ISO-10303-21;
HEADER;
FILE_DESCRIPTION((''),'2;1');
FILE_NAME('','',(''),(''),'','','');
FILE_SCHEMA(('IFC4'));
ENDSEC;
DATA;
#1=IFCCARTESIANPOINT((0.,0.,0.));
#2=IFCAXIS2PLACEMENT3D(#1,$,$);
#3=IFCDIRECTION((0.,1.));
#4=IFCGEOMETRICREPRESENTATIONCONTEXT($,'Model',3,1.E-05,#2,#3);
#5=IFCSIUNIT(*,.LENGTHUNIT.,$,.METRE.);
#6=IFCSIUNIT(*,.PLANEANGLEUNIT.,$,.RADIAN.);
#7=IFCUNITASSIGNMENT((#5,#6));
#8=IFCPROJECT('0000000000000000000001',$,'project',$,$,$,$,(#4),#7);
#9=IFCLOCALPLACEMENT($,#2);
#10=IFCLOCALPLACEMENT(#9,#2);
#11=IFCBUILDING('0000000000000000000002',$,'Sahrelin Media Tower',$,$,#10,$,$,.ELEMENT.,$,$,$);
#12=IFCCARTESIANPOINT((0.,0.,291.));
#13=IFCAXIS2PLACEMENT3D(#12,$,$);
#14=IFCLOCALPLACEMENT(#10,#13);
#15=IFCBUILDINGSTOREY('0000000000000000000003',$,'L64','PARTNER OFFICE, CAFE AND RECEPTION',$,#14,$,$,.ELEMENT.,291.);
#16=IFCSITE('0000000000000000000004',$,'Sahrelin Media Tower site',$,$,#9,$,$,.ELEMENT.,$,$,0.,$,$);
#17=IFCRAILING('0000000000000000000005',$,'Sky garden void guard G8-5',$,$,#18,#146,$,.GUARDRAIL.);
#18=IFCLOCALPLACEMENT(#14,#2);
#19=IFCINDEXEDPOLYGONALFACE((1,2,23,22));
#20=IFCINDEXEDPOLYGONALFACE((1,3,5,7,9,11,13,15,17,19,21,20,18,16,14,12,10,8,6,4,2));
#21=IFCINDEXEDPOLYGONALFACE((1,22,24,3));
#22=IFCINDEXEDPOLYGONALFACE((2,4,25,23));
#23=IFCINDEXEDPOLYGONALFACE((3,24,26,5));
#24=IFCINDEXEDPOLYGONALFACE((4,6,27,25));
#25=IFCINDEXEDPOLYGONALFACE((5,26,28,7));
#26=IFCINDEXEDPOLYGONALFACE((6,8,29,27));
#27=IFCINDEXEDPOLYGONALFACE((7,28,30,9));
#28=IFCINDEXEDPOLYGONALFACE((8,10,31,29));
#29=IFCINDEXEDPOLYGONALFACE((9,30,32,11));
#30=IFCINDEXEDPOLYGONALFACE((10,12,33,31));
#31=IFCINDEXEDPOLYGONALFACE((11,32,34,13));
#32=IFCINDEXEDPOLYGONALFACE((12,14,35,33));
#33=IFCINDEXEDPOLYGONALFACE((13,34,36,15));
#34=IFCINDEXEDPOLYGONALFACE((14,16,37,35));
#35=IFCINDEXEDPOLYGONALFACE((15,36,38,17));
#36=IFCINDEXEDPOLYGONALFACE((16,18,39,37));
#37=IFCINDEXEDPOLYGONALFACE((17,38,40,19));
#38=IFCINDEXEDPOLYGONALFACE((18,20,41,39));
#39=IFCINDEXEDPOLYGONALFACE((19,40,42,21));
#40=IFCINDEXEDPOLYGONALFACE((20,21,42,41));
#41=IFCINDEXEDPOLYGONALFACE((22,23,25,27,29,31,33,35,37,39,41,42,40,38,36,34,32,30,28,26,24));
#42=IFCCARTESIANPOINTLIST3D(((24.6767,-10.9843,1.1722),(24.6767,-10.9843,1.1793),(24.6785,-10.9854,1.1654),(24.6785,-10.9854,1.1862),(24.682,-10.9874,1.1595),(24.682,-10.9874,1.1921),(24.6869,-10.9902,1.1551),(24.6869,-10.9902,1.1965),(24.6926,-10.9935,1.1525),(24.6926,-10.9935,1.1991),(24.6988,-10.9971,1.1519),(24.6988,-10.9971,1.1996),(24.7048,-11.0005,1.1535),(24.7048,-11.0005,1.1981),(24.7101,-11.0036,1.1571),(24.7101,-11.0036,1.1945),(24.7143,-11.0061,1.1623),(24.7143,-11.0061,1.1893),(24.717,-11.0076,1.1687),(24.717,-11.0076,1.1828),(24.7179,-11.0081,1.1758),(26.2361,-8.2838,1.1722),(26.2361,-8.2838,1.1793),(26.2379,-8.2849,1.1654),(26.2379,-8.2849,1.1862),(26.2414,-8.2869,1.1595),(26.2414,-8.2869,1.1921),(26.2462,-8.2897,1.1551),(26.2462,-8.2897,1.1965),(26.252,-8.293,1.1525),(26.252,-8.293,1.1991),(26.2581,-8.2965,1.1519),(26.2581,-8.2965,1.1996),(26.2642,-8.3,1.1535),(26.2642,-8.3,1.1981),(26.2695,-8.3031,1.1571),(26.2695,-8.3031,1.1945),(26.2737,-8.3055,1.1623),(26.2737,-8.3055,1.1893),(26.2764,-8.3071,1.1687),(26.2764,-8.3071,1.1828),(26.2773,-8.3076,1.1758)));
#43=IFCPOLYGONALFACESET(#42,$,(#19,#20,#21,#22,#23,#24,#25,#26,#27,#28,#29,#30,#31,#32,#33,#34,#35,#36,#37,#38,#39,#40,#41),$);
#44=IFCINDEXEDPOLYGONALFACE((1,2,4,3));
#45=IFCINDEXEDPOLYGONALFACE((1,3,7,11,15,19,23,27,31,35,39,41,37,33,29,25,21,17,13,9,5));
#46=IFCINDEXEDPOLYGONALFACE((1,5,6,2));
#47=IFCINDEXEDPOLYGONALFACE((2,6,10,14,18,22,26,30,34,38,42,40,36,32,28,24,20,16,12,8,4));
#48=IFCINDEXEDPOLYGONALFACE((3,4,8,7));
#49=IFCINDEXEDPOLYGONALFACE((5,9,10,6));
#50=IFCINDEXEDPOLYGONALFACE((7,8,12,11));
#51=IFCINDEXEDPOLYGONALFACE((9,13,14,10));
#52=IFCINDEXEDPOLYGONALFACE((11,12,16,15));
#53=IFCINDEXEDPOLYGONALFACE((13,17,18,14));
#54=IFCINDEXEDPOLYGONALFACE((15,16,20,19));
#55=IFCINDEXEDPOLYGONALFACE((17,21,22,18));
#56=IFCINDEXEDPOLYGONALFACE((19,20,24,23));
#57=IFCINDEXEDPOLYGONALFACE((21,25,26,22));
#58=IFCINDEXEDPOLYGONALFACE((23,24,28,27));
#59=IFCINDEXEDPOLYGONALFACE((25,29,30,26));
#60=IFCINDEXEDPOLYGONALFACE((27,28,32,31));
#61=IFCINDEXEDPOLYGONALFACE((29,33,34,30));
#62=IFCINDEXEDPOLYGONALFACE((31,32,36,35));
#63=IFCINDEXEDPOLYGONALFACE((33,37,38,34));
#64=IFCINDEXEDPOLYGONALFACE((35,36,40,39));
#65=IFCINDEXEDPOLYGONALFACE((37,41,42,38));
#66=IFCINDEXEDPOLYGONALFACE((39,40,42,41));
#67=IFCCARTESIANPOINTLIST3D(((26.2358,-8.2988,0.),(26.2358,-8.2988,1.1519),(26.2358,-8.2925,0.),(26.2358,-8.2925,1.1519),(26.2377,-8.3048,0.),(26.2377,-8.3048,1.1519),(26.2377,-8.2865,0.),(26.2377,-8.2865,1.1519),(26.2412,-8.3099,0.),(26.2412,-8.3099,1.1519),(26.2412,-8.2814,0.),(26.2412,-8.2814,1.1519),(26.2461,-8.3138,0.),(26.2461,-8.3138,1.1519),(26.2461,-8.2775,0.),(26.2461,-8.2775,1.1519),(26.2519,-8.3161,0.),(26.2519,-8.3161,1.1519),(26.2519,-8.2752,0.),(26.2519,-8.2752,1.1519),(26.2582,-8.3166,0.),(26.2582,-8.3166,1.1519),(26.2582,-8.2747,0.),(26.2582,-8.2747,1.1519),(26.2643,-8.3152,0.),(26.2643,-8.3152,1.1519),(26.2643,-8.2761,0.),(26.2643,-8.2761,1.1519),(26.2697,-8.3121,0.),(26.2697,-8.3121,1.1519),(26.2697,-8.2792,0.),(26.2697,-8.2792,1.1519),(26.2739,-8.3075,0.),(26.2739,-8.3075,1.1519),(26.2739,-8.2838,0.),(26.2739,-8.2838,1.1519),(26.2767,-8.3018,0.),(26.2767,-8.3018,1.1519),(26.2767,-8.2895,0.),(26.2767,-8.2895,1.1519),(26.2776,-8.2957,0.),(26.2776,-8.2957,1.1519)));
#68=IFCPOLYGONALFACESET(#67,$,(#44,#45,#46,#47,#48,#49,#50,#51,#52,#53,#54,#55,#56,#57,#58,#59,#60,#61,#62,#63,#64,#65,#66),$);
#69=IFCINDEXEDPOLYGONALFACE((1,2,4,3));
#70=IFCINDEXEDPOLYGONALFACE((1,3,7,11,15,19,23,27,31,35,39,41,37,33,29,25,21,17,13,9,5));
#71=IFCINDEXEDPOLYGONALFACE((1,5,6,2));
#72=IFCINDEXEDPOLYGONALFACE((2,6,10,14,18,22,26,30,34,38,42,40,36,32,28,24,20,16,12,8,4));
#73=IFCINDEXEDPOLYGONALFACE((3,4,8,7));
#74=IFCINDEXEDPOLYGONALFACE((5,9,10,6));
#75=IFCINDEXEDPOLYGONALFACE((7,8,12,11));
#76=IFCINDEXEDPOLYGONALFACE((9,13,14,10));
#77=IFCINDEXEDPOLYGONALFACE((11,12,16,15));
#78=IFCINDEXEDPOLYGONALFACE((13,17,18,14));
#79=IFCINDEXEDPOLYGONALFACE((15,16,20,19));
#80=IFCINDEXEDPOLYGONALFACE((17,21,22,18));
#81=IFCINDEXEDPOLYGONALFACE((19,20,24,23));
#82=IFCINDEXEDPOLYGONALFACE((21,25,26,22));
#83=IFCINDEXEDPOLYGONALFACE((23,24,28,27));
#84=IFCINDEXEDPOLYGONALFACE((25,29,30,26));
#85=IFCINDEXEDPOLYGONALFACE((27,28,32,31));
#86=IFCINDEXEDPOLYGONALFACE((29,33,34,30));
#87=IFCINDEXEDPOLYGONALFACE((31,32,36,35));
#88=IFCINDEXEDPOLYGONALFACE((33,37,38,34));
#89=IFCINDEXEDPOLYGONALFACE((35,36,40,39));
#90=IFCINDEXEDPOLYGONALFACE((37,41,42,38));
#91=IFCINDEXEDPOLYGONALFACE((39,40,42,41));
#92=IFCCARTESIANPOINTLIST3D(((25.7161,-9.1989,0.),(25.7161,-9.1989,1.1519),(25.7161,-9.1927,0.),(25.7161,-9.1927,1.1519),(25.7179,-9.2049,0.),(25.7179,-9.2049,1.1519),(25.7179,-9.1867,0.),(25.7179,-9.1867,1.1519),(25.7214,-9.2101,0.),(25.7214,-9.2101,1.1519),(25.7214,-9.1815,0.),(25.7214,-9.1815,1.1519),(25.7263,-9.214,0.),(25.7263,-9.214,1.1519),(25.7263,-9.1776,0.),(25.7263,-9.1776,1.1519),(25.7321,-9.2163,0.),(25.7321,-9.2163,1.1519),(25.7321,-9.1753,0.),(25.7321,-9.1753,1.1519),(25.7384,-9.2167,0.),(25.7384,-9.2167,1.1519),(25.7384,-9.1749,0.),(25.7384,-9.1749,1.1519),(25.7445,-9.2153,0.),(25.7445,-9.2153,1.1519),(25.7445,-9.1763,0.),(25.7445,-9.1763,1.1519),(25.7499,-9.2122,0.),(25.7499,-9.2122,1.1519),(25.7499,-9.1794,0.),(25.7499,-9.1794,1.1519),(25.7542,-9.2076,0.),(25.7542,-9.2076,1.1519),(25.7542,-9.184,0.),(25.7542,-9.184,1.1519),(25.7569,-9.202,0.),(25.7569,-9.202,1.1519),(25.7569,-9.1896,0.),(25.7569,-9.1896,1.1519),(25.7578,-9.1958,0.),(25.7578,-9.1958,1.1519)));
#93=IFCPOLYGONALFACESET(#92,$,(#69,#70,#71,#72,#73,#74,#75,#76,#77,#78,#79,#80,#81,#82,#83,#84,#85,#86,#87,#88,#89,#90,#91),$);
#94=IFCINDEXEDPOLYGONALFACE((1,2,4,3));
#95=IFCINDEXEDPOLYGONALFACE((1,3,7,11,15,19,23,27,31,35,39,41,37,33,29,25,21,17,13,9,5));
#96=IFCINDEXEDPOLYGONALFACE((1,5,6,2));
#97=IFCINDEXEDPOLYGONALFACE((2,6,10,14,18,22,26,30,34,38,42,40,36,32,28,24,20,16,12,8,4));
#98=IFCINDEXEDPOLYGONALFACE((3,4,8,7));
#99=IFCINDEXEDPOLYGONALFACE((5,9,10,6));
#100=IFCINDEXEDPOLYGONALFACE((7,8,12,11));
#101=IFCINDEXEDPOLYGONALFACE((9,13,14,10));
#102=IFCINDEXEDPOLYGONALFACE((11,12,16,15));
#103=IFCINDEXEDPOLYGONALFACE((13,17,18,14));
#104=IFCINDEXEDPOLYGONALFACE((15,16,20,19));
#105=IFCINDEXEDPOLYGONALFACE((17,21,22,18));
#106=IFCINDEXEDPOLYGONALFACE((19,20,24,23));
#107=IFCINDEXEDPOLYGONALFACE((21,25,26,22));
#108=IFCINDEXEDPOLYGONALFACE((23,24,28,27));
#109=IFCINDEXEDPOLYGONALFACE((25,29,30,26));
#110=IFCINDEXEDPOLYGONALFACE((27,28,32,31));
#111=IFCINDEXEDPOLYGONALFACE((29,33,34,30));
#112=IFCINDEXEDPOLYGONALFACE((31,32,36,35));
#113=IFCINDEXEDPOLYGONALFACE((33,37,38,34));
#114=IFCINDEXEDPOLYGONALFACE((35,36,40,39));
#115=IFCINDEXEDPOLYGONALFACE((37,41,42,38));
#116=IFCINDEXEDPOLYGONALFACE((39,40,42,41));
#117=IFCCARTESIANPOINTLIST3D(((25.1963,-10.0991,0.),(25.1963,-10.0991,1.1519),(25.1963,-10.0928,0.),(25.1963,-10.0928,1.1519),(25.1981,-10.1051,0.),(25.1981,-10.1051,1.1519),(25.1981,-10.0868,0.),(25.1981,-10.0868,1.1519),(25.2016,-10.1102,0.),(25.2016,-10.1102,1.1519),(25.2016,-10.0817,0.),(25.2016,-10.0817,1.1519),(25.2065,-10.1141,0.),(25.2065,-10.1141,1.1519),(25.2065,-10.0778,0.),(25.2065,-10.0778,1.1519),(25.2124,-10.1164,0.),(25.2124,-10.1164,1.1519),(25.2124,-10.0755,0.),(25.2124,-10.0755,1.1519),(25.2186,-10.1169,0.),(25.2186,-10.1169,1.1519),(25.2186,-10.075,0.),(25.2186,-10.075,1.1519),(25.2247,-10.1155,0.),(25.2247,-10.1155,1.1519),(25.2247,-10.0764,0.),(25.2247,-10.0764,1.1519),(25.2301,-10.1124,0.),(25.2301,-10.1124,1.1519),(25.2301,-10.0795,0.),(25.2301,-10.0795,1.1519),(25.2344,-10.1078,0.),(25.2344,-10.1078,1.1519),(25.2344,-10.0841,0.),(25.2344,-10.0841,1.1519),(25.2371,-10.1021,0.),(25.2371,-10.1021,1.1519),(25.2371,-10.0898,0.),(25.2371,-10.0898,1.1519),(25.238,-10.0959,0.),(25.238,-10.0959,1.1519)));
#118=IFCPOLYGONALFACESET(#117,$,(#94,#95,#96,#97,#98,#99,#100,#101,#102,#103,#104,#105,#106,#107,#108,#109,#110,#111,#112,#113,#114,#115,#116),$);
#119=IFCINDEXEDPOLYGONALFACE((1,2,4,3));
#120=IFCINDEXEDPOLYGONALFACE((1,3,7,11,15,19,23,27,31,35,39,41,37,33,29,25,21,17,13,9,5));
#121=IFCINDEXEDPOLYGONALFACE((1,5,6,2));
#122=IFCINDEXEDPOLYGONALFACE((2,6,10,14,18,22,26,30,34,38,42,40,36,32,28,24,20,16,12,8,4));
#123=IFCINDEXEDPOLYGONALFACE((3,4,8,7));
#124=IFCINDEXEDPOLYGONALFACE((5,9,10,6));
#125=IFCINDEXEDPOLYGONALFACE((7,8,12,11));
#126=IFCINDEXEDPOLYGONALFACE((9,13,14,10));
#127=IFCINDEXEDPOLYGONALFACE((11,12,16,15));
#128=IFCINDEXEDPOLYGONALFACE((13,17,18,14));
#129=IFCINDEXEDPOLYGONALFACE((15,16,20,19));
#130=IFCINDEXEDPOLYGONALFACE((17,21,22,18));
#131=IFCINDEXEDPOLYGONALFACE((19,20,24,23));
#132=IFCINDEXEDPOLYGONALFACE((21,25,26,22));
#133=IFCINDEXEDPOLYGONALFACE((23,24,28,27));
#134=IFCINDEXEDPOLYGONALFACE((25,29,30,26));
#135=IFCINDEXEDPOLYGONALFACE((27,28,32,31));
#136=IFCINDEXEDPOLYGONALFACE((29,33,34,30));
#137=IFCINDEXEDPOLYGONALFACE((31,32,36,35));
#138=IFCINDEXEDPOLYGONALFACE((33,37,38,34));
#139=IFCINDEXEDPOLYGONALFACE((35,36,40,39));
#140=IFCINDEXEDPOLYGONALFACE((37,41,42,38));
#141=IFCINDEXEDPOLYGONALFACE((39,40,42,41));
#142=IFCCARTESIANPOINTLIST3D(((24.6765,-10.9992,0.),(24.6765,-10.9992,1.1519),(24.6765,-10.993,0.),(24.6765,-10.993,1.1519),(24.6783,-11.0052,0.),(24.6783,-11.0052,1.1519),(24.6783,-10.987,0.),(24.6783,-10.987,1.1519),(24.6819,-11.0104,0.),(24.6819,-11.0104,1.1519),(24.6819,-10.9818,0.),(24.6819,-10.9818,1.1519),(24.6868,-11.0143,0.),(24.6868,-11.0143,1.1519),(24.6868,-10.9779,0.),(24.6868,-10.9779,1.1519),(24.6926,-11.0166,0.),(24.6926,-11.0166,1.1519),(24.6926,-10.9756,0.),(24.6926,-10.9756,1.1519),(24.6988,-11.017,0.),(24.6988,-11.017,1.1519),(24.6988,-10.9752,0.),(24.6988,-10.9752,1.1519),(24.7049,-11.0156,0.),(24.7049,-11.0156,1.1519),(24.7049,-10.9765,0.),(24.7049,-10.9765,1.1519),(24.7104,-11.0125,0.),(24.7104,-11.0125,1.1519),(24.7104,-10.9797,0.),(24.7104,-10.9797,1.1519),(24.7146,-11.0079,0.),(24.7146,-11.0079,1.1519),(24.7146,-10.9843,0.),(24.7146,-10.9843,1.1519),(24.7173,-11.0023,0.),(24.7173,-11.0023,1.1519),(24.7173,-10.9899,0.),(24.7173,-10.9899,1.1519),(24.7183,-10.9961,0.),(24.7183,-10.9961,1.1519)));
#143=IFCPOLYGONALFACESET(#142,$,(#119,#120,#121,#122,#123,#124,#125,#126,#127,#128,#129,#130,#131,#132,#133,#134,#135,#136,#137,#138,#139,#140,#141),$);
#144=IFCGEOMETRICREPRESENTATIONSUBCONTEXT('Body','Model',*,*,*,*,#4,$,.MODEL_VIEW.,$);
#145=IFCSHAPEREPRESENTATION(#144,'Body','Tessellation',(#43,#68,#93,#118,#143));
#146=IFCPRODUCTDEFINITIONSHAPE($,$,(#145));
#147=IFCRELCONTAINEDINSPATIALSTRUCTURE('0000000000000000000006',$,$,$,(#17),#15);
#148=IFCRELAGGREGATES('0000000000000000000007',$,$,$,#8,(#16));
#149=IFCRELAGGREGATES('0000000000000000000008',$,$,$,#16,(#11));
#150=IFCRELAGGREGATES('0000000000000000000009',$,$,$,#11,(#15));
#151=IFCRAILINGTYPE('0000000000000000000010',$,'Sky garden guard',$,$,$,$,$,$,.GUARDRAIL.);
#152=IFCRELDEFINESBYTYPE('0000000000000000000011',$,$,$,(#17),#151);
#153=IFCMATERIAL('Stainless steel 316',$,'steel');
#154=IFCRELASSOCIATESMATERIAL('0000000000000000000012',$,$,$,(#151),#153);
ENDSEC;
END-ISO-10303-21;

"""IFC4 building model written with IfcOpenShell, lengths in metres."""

from ifc_helpers import new_model, si_unit, direction, frame, origin, origin_2d, place, context, subcontext, project, spatial, circle, extrude, material, type_object, element, save


model = new_model("IFC4")

# Units and contexts
model_context = context("Model", 3, precision=1e-05, world=origin(), true_north=direction((0.0, 1.0)))
body_context = subcontext(model_context, "Body", "Model", "MODEL_VIEW")
ifc_project = project(units=[si_unit("LENGTHUNIT", "METRE"), si_unit("PLANEANGLEUNIT", "RADIAN")], contexts=[model_context])

# Site, building, storey
site_placement = place(None, origin())
site = spatial("IfcSite", under=ifc_project, at=site_placement, Name="Sahrelin Media Tower site", CompositionType="ELEMENT", RefElevation=0.0)
building_placement = place(site_placement, origin())
building = spatial("IfcBuilding", under=site, at=building_placement, Name="Sahrelin Media Tower", CompositionType="ELEMENT")
storey_placement = place(building_placement, frame((0.0, 0.0, 291.0)))
storey = spatial("IfcBuildingStorey", under=building, at=storey_placement, Name="L64", Description="PARTNER OFFICE, CAFE AND RECEPTION", CompositionType="ELEMENT", Elevation=291.0)

# Railing
ifc_material_1 = material(Name="Stainless steel 316", Category="steel")
railing_type = type_object("IfcRailingType", Name="Sky garden guard", PredefinedType="GUARDRAIL", material=ifc_material_1)
railing_1_placement = place(storey_placement, frame((26.2566, -8.2957, 0.0)))
element("IfcRailing", 1, at=railing_1_placement, inside=storey, type_object=railing_type, Name="Sky garden void guard G8-5", PredefinedType="GUARDRAIL", context=body_context, shape_type="SweptSolid", body=[
    extrude(circle(Radius=0.0239, at=origin_2d()), frame((0.0, 0.0, 1.1758), z_axis=(-0.500055, -0.865994, 0.0), x_axis=(0.865994, -0.500055, 0.0)), (0.0, 0.0, 1.0), 3.1184),
    extrude(circle(Radius=0.021, at=origin_2d()), origin(), (0.0, 0.0, 1.0), 1.1519),
    extrude(circle(Radius=0.021, at=origin_2d()), frame((-0.5198, -0.9001, 0.0)), (0.0, 0.0, 1.0), 1.1519),
    extrude(circle(Radius=0.021, at=origin_2d()), frame((-1.0396, -1.8003, 0.0)), (0.0, 0.0, 1.0), 1.1519),
    extrude(circle(Radius=0.021, at=origin_2d()), frame((-1.5593, -2.7004, 0.0)), (0.0, 0.0, 1.0), 1.1519),
])

save(model, "model.ifc")
